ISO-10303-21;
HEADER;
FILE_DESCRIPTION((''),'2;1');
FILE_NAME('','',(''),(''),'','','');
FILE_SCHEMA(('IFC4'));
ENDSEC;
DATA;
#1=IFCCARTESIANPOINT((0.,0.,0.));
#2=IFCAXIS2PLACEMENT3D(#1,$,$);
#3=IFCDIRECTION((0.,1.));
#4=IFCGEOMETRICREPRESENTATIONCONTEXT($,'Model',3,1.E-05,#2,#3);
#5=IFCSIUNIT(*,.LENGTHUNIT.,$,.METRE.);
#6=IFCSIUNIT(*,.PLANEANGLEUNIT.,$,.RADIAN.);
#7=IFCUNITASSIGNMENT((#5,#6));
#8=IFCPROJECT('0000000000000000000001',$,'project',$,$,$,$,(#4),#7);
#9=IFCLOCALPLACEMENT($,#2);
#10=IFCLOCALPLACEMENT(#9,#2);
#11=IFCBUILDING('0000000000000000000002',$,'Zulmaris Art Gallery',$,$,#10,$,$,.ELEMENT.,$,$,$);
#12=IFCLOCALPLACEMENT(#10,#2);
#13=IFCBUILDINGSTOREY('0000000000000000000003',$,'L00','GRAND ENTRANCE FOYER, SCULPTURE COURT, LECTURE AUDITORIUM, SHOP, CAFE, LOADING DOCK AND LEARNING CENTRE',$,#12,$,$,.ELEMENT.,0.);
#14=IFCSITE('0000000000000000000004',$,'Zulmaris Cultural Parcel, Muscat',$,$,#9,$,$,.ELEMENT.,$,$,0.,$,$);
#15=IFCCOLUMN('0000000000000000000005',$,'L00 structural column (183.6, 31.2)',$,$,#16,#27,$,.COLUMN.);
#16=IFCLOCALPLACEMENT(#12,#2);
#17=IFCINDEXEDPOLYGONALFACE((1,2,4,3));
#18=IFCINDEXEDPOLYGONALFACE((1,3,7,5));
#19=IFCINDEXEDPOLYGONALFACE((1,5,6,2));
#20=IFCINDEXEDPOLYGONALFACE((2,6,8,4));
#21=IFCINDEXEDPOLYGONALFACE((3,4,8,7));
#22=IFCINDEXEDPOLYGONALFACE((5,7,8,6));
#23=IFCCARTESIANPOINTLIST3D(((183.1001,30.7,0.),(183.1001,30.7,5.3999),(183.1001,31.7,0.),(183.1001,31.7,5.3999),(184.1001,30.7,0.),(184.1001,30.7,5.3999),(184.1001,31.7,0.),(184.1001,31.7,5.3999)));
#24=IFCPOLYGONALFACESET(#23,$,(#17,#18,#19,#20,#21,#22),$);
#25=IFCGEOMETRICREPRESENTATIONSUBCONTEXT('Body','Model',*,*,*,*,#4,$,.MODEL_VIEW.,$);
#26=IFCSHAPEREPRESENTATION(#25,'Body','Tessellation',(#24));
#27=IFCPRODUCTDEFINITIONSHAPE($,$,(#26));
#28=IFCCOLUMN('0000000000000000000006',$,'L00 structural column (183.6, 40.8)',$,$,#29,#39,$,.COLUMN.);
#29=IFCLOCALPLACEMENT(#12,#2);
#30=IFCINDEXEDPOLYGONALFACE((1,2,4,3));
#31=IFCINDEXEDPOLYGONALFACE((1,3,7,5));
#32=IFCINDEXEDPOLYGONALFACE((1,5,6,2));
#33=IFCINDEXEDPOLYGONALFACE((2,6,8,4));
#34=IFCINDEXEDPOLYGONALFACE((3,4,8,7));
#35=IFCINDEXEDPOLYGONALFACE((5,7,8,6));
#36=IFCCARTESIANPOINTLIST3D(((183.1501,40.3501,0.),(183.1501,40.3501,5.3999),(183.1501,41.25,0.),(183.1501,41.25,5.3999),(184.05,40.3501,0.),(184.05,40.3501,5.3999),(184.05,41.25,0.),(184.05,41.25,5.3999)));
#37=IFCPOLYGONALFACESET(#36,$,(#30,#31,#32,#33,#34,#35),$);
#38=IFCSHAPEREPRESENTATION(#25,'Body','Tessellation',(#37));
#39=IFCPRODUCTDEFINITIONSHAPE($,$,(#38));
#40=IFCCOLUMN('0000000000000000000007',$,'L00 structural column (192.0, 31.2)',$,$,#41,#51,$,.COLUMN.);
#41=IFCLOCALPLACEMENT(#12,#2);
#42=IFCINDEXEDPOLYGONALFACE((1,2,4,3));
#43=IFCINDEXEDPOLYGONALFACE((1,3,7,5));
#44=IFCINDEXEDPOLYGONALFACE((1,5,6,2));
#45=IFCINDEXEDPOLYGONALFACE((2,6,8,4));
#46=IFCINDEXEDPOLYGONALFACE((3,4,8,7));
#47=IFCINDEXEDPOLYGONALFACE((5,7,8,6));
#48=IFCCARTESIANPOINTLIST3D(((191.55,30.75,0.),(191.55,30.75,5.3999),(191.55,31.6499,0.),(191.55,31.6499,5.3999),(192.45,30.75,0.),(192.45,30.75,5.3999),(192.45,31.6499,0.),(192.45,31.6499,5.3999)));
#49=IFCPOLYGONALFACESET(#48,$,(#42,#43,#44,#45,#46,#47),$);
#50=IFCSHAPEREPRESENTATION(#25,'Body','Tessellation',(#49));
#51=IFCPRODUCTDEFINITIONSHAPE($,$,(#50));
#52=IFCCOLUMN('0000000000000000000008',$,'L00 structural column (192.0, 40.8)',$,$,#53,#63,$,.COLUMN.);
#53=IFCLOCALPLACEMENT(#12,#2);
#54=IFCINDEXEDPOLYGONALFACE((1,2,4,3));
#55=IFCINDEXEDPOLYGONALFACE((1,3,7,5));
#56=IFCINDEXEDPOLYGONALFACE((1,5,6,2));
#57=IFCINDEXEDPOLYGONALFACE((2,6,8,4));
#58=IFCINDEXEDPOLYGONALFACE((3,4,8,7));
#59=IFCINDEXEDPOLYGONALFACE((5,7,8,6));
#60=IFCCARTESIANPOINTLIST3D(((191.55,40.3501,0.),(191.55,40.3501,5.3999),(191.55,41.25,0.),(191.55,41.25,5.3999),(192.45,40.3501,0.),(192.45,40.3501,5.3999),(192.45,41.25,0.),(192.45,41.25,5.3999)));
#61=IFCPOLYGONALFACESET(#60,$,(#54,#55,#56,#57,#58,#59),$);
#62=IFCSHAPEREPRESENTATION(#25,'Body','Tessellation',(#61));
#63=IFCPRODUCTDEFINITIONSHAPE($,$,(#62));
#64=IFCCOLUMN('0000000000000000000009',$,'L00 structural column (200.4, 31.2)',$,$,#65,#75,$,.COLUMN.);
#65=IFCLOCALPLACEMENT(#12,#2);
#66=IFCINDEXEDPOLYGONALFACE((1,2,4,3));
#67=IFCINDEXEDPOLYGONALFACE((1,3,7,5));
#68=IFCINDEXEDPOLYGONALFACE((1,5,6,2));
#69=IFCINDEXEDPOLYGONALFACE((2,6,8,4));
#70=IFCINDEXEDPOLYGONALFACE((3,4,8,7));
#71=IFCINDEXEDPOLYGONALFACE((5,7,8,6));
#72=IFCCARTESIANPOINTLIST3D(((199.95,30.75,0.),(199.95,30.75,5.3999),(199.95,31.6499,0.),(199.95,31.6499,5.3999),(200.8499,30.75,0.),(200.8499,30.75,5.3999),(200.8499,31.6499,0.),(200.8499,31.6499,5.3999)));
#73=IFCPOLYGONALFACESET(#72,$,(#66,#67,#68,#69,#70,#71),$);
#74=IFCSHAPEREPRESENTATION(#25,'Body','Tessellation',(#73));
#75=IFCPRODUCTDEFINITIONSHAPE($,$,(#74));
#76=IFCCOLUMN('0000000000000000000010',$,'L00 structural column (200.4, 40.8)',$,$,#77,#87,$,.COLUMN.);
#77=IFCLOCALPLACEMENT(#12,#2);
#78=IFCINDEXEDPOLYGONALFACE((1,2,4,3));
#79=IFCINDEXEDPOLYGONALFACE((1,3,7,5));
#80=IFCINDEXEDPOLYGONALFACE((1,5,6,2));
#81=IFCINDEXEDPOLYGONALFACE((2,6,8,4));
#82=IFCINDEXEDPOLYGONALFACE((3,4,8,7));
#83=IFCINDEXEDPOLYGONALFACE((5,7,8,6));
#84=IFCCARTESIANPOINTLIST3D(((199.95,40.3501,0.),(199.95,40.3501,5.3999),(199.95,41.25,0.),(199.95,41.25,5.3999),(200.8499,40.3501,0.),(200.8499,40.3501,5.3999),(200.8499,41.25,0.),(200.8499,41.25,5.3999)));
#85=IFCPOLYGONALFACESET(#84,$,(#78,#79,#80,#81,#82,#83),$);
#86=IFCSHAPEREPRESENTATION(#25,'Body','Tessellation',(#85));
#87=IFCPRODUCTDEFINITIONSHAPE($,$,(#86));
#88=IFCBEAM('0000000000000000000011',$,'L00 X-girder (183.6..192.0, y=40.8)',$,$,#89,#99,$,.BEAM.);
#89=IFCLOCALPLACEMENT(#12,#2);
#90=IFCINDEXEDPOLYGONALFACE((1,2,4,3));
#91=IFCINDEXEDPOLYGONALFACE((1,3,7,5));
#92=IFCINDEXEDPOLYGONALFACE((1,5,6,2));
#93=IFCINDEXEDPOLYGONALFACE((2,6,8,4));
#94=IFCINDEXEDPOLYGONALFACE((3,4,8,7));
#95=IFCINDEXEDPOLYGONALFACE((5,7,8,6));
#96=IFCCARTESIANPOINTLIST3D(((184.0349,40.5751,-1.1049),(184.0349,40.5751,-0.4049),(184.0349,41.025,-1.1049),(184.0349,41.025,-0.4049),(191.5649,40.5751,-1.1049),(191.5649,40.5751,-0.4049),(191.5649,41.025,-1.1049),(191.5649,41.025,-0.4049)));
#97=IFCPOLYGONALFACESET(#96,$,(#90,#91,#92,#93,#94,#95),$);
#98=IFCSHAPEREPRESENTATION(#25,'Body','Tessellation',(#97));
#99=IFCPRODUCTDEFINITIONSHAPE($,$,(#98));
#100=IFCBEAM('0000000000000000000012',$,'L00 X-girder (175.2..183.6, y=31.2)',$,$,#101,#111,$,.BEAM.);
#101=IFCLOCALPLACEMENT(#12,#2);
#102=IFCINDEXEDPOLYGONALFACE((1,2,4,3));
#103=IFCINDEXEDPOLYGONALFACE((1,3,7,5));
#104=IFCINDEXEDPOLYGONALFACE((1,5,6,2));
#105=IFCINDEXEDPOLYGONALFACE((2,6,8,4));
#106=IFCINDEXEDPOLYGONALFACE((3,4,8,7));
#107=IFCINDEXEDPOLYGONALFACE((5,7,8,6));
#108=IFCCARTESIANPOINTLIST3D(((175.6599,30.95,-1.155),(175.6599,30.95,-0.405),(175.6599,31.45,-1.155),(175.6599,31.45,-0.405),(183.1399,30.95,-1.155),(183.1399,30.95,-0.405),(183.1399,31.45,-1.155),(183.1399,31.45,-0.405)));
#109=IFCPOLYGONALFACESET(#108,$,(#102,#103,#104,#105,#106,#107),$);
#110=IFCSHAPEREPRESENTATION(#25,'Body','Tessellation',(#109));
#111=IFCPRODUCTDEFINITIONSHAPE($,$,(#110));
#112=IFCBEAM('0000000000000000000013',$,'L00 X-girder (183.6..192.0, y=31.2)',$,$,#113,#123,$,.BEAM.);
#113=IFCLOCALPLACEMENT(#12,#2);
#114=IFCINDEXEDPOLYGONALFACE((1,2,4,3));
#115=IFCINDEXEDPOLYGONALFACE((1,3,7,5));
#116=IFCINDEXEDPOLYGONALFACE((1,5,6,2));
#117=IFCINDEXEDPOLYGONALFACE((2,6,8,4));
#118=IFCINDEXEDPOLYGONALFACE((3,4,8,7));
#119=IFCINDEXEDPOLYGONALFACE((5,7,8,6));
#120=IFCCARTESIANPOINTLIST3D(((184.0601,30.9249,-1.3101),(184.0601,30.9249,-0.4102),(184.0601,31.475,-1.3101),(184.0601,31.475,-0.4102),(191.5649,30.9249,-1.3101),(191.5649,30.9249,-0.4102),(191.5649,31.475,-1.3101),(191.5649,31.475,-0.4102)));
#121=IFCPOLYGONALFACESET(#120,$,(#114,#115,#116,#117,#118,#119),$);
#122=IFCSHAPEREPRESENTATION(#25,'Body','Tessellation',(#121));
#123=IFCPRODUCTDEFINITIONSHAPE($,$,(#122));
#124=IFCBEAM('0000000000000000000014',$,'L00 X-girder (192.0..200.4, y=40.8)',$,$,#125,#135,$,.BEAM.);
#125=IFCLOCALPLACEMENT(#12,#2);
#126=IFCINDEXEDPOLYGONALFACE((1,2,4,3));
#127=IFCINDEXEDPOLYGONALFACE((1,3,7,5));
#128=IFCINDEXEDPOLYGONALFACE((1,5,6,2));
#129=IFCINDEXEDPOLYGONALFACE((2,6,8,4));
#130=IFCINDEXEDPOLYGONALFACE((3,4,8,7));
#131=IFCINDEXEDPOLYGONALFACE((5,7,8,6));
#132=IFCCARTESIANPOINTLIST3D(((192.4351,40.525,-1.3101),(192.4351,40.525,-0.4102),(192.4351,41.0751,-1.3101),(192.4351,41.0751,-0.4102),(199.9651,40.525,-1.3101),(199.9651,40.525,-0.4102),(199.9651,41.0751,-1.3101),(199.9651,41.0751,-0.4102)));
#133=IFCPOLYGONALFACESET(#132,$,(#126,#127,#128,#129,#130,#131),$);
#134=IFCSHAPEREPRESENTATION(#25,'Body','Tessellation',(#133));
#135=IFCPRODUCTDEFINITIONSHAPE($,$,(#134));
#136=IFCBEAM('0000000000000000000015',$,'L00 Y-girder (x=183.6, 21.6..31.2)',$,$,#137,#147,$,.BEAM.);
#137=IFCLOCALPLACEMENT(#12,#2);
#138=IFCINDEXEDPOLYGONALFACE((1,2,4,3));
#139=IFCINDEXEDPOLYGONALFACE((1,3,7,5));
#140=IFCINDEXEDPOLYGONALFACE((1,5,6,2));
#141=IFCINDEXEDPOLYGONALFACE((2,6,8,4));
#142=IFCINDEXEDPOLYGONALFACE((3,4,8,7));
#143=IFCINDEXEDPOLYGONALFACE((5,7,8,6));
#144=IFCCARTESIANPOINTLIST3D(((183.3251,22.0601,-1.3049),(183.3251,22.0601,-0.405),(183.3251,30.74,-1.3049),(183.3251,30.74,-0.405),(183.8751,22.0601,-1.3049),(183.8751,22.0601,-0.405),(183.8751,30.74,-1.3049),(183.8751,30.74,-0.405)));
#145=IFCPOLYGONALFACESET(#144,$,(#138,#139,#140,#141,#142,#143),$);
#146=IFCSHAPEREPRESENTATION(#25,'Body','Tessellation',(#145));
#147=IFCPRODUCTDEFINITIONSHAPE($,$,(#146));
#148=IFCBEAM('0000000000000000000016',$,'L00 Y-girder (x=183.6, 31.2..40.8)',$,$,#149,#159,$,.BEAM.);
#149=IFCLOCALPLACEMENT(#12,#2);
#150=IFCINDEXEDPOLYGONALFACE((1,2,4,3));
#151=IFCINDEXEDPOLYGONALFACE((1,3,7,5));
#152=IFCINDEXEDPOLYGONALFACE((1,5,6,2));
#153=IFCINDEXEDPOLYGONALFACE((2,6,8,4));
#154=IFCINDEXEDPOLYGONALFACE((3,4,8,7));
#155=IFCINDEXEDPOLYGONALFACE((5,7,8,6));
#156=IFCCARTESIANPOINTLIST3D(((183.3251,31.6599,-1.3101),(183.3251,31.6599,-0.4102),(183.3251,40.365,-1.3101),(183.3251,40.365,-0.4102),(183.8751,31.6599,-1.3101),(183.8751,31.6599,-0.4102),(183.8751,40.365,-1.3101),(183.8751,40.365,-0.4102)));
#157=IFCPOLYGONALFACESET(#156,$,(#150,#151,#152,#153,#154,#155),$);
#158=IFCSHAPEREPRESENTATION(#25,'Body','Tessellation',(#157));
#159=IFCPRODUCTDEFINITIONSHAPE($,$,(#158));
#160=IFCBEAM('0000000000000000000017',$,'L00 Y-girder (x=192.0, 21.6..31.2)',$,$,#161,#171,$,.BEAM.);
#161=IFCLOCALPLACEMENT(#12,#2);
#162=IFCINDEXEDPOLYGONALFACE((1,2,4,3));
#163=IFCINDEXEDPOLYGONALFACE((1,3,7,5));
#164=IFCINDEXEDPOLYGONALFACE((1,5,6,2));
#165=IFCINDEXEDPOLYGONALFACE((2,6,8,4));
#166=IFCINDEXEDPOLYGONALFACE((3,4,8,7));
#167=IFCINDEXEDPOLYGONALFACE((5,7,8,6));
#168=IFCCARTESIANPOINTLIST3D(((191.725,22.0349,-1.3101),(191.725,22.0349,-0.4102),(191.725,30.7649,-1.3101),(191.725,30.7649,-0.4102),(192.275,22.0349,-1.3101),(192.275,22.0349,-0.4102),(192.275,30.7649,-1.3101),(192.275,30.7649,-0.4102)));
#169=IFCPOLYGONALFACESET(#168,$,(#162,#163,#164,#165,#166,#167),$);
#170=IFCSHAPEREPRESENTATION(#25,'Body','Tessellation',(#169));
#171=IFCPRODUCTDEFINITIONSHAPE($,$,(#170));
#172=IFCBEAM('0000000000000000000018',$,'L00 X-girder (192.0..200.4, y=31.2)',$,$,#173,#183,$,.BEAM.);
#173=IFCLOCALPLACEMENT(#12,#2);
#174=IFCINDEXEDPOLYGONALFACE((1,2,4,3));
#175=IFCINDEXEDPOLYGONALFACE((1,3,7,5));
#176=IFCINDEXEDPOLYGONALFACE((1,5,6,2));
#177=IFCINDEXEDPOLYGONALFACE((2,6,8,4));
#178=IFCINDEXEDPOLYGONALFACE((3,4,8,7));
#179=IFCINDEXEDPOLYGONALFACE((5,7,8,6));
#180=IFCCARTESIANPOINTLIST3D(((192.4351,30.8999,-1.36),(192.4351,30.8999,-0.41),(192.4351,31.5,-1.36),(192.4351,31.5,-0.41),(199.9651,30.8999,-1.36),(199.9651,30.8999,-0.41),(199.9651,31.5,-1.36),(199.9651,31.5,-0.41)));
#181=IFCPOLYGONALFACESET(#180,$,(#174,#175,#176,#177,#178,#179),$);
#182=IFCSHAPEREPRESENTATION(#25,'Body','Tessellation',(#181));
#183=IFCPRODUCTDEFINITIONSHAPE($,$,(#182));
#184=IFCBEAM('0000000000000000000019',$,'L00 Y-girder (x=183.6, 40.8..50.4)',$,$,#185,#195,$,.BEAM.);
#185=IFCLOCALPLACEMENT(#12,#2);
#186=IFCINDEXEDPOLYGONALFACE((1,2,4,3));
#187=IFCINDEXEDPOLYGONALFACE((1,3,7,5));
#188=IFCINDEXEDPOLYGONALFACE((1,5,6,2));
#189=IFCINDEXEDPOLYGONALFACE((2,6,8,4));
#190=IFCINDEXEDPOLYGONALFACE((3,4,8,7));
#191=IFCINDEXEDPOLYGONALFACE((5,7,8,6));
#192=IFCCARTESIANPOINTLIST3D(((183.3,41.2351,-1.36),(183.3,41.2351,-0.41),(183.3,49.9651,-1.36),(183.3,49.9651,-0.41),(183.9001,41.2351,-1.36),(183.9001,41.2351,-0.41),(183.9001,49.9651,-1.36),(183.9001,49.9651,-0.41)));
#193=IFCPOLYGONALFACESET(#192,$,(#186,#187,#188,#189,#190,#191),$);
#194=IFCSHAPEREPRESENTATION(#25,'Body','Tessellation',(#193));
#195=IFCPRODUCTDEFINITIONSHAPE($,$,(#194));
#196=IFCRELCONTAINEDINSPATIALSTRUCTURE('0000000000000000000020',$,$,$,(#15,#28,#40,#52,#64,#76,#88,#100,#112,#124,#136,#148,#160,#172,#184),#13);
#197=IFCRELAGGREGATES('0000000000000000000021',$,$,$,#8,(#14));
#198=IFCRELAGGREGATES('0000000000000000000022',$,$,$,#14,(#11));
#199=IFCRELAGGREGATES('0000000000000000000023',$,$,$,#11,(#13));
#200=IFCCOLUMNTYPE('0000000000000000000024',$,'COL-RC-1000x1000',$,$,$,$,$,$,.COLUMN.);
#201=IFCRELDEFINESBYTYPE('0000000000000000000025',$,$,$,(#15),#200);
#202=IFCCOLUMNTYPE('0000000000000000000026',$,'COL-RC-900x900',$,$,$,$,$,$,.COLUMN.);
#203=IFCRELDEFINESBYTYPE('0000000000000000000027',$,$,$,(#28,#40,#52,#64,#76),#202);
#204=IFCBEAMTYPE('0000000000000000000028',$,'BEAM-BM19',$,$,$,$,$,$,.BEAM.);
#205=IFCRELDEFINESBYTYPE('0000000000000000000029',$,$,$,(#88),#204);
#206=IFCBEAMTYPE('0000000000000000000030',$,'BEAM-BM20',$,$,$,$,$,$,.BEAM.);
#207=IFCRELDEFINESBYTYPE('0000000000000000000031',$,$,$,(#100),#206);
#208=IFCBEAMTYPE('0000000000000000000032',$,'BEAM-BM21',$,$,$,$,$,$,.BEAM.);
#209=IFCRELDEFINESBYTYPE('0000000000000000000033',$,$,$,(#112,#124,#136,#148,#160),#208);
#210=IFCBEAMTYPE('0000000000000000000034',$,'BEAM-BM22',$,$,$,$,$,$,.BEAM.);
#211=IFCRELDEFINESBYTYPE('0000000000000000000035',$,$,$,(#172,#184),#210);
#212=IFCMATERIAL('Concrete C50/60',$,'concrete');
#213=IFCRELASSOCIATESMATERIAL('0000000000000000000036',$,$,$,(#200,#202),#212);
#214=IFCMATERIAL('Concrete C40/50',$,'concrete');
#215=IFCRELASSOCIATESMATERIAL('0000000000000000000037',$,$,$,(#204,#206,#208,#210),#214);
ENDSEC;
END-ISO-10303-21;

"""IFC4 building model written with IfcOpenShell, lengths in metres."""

from ifc_helpers import new_model, si_unit, direction, frame, origin, origin_2d, place, context, subcontext, project, spatial, rectangle, extrude, material, material_profile, profile_set, type_object, element, save


model = new_model("IFC4")

# Units and contexts
model_context = context("Model", 3, precision=1e-05, world=origin(), true_north=direction((0.0, 1.0)))
body_context = subcontext(model_context, "Body", "Model", "MODEL_VIEW")
ifc_project = project(units=[si_unit("LENGTHUNIT", "METRE"), si_unit("PLANEANGLEUNIT", "RADIAN")], contexts=[model_context])

# Site, building, storey
site_placement = place(None, origin())
site = spatial("IfcSite", under=ifc_project, at=site_placement, Name="Zulmaris Cultural Parcel, Muscat", CompositionType="ELEMENT", RefElevation=0.0)
building_placement = place(site_placement, origin())
building = spatial("IfcBuilding", under=site, at=building_placement, Name="Zulmaris Art Gallery", CompositionType="ELEMENT")
storey_placement = place(building_placement, origin())
storey = spatial("IfcBuildingStorey", under=building, at=storey_placement, Name="L00", Description="GRAND ENTRANCE FOYER, SCULPTURE COURT, LECTURE AUDITORIUM, SHOP, CAFE, LOADING DOCK AND LEARNING CENTRE", CompositionType="ELEMENT", Elevation=0.0)

# Columns
ifc_material_1 = material(Name="Concrete C50/60", Category="concrete")
ifc_material_profile_1 = material_profile(ifc_material_1, rectangle(XDim=1.0, YDim=1.0, at=origin_2d()), Name="RC 1000x1000")
ifc_profile_set_1 = profile_set([ifc_material_profile_1], Name="Concrete C50/60")
column_type_1 = type_object("IfcColumnType", Name="COL-RC-1000x1000", PredefinedType="COLUMN", material=ifc_profile_set_1)
column_placement = place(storey_placement, frame((183.6001, 31.2, 0.0), z_axis=(0.0, 0.0, 1.0), x_axis=(1.0, 0.0, 0.0)))
element("IfcColumn", 1, at=column_placement, inside=storey, type_object=column_type_1, Name="L00 structural column (183.6, 31.2)", PredefinedType="COLUMN", context=body_context, shape_type="SweptSolid", body=[
    extrude(rectangle(XDim=1.0, YDim=1.0, at=origin_2d()), origin(), (0.0, 0.0, 1.0), 5.3999),
])
ifc_material_profile_2 = material_profile(ifc_material_1, rectangle(XDim=0.8999, YDim=0.8999, at=origin_2d()), Name="RC 900x900")
ifc_profile_set_2 = profile_set([ifc_material_profile_2], Name="Concrete C50/60")
column_type_2 = type_object("IfcColumnType", Name="COL-RC-900x900", PredefinedType="COLUMN", material=ifc_profile_set_2)
for number, where, z_axis, x_axis, name in (
    (2, (183.6001, 40.8, 0.0), (0.0, 0.0, 1.0), (1.0, 0.0, 0.0), "L00 structural column (183.6, 40.8)"),
    (3, (192.0, 31.2, 0.0), (0.0, 0.0, 1.0), (1.0, 0.0, 0.0), "L00 structural column (192.0, 31.2)"),
    (4, (192.0, 40.8, 0.0), (0.0, 0.0, 1.0), (1.0, 0.0, 0.0), "L00 structural column (192.0, 40.8)"),
    (5, (200.3999, 31.2, 0.0), (0.0, 0.0, 1.0), (1.0, 0.0, 0.0), "L00 structural column (200.4, 31.2)"),
    (6, (200.3999, 40.8, 0.0), (0.0, 0.0, 1.0), (1.0, 0.0, 0.0), "L00 structural column (200.4, 40.8)"),
):
    element("IfcColumn", number, at=place(storey_placement, frame(where, z_axis=z_axis, x_axis=x_axis)), inside=storey, type_object=column_type_2, Name=name, PredefinedType="COLUMN", context=body_context, shape_type="SweptSolid", body=[
        extrude(rectangle(XDim=0.8999, YDim=0.8999, at=origin_2d()), origin(), (0.0, 0.0, 1.0), 5.3999),
    ])

# Beams
ifc_material_2 = material(Name="Concrete C40/50", Category="concrete")
ifc_material_profile_3 = material_profile(ifc_material_2, rectangle(XDim=0.45, YDim=0.7, at=origin_2d()), Name="RC 450x700")
ifc_profile_set_3 = profile_set([ifc_material_profile_3], Name="Concrete C40/50")
beam_type_1 = type_object("IfcBeamType", Name="BEAM-BM19", PredefinedType="BEAM", material=ifc_profile_set_3)
beam_1_placement = place(storey_placement, frame((184.0349, 40.8, -0.7549), z_axis=(1.0, 0.0, 0.0), x_axis=(0.0, 1.0, 0.0)))
element("IfcBeam", 7, at=beam_1_placement, inside=storey, type_object=beam_type_1, Name="L00 X-girder (183.6..192.0, y=40.8)", PredefinedType="BEAM", context=body_context, shape_type="SweptSolid", body=[
    extrude(rectangle(XDim=0.45, YDim=0.7, at=origin_2d()), origin(), (0.0, 0.0, 1.0), 7.53),
])
ifc_material_profile_4 = material_profile(ifc_material_2, rectangle(XDim=0.5, YDim=0.75, at=origin_2d()), Name="RC 500x750")
ifc_profile_set_4 = profile_set([ifc_material_profile_4], Name="Concrete C40/50")
beam_type_2 = type_object("IfcBeamType", Name="BEAM-BM20", PredefinedType="BEAM", material=ifc_profile_set_4)
beam_2_placement = place(storey_placement, frame((175.6599, 31.2, -0.78), z_axis=(1.0, 0.0, 0.0), x_axis=(0.0, 1.0, 0.0)))
element("IfcBeam", 8, at=beam_2_placement, inside=storey, type_object=beam_type_2, Name="L00 X-girder (175.2..183.6, y=31.2)", PredefinedType="BEAM", context=body_context, shape_type="SweptSolid", body=[
    extrude(rectangle(XDim=0.5, YDim=0.75, at=origin_2d()), origin(), (0.0, 0.0, 1.0), 7.48),
])
ifc_material_profile_5 = material_profile(ifc_material_2, rectangle(XDim=0.55, YDim=0.8999, at=origin_2d()), Name="RC 550x900")
ifc_profile_set_5 = profile_set([ifc_material_profile_5], Name="Concrete C40/50")
beam_type_3 = type_object("IfcBeamType", Name="BEAM-BM21", PredefinedType="BEAM", material=ifc_profile_set_5)
beam_3_placement = place(storey_placement, frame((184.0601, 31.2, -0.8601), z_axis=(1.0, 0.0, 0.0), x_axis=(0.0, 1.0, 0.0)))
element("IfcBeam", 9, at=beam_3_placement, inside=storey, type_object=beam_type_3, Name="L00 X-girder (183.6..192.0, y=31.2)", PredefinedType="BEAM", context=body_context, shape_type="SweptSolid", body=[
    extrude(rectangle(XDim=0.55, YDim=0.8999, at=origin_2d()), origin(), (0.0, 0.0, 1.0), 7.5049),
])
beam_4_placement = place(storey_placement, frame((192.4351, 40.8, -0.8601), z_axis=(1.0, 0.0, 0.0), x_axis=(0.0, 1.0, 0.0)))
element("IfcBeam", 10, at=beam_4_placement, inside=storey, type_object=beam_type_3, Name="L00 X-girder (192.0..200.4, y=40.8)", PredefinedType="BEAM", context=body_context, shape_type="SweptSolid", body=[
    extrude(rectangle(XDim=0.55, YDim=0.8999, at=origin_2d()), origin(), (0.0, 0.0, 1.0), 7.53),
])
beam_5_placement = place(storey_placement, frame((183.6001, 22.0601, -0.855), z_axis=(0.0, 1.0, 0.0), x_axis=(-1.0, 0.0, 0.0)))
element("IfcBeam", 11, at=beam_5_placement, inside=storey, type_object=beam_type_3, Name="L00 Y-girder (x=183.6, 21.6..31.2)", PredefinedType="BEAM", context=body_context, shape_type="SweptSolid", body=[
    extrude(rectangle(XDim=0.55, YDim=0.8999, at=origin_2d()), origin(), (0.0, 0.0, 1.0), 8.6799),
])
beam_6_placement = place(storey_placement, frame((183.6001, 31.6599, -0.8601), z_axis=(0.0, 1.0, 0.0), x_axis=(-1.0, 0.0, 0.0)))
element("IfcBeam", 12, at=beam_6_placement, inside=storey, type_object=beam_type_3, Name="L00 Y-girder (x=183.6, 31.2..40.8)", PredefinedType="BEAM", context=body_context, shape_type="SweptSolid", body=[
    extrude(rectangle(XDim=0.55, YDim=0.8999, at=origin_2d()), origin(), (0.0, 0.0, 1.0), 8.7051),
])
beam_7_placement = place(storey_placement, frame((192.0, 22.0349, -0.8601), z_axis=(0.0, 1.0, 0.0), x_axis=(-1.0, 0.0, 0.0)))
element("IfcBeam", 13, at=beam_7_placement, inside=storey, type_object=beam_type_3, Name="L00 Y-girder (x=192.0, 21.6..31.2)", PredefinedType="BEAM", context=body_context, shape_type="SweptSolid", body=[
    extrude(rectangle(XDim=0.55, YDim=0.8999, at=origin_2d()), origin(), (0.0, 0.0, 1.0), 8.73),
])
ifc_material_profile_6 = material_profile(ifc_material_2, rectangle(XDim=0.6001, YDim=0.95, at=origin_2d()), Name="RC 600x950")
ifc_profile_set_6 = profile_set([ifc_material_profile_6], Name="Concrete C40/50")
beam_type_4 = type_object("IfcBeamType", Name="BEAM-BM22", PredefinedType="BEAM", material=ifc_profile_set_6)
beam_8_placement = place(storey_placement, frame((192.4351, 31.2, -0.885), z_axis=(1.0, 0.0, 0.0), x_axis=(0.0, 1.0, 0.0)))
element("IfcBeam", 14, at=beam_8_placement, inside=storey, type_object=beam_type_4, Name="L00 X-girder (192.0..200.4, y=31.2)", PredefinedType="BEAM", context=body_context, shape_type="SweptSolid", body=[
    extrude(rectangle(XDim=0.6001, YDim=0.95, at=origin_2d()), origin(), (0.0, 0.0, 1.0), 7.53),
])
for number, where, z_axis, x_axis, name in (
    (15, (183.6001, 41.2351, -0.885), (0.0, 1.0, 0.0), (-1.0, 0.0, 0.0), "L00 Y-girder (x=183.6, 40.8..50.4)"),
):
    element("IfcBeam", number, at=place(storey_placement, frame(where, z_axis=z_axis, x_axis=x_axis)), inside=storey, type_object=beam_type_4, Name=name, PredefinedType="BEAM", context=body_context, shape_type="SweptSolid", body=[
        extrude(rectangle(XDim=0.6001, YDim=0.95, at=origin_2d()), origin(), (0.0, 0.0, 1.0), 8.73),
    ])

save(model, "model.ifc")
